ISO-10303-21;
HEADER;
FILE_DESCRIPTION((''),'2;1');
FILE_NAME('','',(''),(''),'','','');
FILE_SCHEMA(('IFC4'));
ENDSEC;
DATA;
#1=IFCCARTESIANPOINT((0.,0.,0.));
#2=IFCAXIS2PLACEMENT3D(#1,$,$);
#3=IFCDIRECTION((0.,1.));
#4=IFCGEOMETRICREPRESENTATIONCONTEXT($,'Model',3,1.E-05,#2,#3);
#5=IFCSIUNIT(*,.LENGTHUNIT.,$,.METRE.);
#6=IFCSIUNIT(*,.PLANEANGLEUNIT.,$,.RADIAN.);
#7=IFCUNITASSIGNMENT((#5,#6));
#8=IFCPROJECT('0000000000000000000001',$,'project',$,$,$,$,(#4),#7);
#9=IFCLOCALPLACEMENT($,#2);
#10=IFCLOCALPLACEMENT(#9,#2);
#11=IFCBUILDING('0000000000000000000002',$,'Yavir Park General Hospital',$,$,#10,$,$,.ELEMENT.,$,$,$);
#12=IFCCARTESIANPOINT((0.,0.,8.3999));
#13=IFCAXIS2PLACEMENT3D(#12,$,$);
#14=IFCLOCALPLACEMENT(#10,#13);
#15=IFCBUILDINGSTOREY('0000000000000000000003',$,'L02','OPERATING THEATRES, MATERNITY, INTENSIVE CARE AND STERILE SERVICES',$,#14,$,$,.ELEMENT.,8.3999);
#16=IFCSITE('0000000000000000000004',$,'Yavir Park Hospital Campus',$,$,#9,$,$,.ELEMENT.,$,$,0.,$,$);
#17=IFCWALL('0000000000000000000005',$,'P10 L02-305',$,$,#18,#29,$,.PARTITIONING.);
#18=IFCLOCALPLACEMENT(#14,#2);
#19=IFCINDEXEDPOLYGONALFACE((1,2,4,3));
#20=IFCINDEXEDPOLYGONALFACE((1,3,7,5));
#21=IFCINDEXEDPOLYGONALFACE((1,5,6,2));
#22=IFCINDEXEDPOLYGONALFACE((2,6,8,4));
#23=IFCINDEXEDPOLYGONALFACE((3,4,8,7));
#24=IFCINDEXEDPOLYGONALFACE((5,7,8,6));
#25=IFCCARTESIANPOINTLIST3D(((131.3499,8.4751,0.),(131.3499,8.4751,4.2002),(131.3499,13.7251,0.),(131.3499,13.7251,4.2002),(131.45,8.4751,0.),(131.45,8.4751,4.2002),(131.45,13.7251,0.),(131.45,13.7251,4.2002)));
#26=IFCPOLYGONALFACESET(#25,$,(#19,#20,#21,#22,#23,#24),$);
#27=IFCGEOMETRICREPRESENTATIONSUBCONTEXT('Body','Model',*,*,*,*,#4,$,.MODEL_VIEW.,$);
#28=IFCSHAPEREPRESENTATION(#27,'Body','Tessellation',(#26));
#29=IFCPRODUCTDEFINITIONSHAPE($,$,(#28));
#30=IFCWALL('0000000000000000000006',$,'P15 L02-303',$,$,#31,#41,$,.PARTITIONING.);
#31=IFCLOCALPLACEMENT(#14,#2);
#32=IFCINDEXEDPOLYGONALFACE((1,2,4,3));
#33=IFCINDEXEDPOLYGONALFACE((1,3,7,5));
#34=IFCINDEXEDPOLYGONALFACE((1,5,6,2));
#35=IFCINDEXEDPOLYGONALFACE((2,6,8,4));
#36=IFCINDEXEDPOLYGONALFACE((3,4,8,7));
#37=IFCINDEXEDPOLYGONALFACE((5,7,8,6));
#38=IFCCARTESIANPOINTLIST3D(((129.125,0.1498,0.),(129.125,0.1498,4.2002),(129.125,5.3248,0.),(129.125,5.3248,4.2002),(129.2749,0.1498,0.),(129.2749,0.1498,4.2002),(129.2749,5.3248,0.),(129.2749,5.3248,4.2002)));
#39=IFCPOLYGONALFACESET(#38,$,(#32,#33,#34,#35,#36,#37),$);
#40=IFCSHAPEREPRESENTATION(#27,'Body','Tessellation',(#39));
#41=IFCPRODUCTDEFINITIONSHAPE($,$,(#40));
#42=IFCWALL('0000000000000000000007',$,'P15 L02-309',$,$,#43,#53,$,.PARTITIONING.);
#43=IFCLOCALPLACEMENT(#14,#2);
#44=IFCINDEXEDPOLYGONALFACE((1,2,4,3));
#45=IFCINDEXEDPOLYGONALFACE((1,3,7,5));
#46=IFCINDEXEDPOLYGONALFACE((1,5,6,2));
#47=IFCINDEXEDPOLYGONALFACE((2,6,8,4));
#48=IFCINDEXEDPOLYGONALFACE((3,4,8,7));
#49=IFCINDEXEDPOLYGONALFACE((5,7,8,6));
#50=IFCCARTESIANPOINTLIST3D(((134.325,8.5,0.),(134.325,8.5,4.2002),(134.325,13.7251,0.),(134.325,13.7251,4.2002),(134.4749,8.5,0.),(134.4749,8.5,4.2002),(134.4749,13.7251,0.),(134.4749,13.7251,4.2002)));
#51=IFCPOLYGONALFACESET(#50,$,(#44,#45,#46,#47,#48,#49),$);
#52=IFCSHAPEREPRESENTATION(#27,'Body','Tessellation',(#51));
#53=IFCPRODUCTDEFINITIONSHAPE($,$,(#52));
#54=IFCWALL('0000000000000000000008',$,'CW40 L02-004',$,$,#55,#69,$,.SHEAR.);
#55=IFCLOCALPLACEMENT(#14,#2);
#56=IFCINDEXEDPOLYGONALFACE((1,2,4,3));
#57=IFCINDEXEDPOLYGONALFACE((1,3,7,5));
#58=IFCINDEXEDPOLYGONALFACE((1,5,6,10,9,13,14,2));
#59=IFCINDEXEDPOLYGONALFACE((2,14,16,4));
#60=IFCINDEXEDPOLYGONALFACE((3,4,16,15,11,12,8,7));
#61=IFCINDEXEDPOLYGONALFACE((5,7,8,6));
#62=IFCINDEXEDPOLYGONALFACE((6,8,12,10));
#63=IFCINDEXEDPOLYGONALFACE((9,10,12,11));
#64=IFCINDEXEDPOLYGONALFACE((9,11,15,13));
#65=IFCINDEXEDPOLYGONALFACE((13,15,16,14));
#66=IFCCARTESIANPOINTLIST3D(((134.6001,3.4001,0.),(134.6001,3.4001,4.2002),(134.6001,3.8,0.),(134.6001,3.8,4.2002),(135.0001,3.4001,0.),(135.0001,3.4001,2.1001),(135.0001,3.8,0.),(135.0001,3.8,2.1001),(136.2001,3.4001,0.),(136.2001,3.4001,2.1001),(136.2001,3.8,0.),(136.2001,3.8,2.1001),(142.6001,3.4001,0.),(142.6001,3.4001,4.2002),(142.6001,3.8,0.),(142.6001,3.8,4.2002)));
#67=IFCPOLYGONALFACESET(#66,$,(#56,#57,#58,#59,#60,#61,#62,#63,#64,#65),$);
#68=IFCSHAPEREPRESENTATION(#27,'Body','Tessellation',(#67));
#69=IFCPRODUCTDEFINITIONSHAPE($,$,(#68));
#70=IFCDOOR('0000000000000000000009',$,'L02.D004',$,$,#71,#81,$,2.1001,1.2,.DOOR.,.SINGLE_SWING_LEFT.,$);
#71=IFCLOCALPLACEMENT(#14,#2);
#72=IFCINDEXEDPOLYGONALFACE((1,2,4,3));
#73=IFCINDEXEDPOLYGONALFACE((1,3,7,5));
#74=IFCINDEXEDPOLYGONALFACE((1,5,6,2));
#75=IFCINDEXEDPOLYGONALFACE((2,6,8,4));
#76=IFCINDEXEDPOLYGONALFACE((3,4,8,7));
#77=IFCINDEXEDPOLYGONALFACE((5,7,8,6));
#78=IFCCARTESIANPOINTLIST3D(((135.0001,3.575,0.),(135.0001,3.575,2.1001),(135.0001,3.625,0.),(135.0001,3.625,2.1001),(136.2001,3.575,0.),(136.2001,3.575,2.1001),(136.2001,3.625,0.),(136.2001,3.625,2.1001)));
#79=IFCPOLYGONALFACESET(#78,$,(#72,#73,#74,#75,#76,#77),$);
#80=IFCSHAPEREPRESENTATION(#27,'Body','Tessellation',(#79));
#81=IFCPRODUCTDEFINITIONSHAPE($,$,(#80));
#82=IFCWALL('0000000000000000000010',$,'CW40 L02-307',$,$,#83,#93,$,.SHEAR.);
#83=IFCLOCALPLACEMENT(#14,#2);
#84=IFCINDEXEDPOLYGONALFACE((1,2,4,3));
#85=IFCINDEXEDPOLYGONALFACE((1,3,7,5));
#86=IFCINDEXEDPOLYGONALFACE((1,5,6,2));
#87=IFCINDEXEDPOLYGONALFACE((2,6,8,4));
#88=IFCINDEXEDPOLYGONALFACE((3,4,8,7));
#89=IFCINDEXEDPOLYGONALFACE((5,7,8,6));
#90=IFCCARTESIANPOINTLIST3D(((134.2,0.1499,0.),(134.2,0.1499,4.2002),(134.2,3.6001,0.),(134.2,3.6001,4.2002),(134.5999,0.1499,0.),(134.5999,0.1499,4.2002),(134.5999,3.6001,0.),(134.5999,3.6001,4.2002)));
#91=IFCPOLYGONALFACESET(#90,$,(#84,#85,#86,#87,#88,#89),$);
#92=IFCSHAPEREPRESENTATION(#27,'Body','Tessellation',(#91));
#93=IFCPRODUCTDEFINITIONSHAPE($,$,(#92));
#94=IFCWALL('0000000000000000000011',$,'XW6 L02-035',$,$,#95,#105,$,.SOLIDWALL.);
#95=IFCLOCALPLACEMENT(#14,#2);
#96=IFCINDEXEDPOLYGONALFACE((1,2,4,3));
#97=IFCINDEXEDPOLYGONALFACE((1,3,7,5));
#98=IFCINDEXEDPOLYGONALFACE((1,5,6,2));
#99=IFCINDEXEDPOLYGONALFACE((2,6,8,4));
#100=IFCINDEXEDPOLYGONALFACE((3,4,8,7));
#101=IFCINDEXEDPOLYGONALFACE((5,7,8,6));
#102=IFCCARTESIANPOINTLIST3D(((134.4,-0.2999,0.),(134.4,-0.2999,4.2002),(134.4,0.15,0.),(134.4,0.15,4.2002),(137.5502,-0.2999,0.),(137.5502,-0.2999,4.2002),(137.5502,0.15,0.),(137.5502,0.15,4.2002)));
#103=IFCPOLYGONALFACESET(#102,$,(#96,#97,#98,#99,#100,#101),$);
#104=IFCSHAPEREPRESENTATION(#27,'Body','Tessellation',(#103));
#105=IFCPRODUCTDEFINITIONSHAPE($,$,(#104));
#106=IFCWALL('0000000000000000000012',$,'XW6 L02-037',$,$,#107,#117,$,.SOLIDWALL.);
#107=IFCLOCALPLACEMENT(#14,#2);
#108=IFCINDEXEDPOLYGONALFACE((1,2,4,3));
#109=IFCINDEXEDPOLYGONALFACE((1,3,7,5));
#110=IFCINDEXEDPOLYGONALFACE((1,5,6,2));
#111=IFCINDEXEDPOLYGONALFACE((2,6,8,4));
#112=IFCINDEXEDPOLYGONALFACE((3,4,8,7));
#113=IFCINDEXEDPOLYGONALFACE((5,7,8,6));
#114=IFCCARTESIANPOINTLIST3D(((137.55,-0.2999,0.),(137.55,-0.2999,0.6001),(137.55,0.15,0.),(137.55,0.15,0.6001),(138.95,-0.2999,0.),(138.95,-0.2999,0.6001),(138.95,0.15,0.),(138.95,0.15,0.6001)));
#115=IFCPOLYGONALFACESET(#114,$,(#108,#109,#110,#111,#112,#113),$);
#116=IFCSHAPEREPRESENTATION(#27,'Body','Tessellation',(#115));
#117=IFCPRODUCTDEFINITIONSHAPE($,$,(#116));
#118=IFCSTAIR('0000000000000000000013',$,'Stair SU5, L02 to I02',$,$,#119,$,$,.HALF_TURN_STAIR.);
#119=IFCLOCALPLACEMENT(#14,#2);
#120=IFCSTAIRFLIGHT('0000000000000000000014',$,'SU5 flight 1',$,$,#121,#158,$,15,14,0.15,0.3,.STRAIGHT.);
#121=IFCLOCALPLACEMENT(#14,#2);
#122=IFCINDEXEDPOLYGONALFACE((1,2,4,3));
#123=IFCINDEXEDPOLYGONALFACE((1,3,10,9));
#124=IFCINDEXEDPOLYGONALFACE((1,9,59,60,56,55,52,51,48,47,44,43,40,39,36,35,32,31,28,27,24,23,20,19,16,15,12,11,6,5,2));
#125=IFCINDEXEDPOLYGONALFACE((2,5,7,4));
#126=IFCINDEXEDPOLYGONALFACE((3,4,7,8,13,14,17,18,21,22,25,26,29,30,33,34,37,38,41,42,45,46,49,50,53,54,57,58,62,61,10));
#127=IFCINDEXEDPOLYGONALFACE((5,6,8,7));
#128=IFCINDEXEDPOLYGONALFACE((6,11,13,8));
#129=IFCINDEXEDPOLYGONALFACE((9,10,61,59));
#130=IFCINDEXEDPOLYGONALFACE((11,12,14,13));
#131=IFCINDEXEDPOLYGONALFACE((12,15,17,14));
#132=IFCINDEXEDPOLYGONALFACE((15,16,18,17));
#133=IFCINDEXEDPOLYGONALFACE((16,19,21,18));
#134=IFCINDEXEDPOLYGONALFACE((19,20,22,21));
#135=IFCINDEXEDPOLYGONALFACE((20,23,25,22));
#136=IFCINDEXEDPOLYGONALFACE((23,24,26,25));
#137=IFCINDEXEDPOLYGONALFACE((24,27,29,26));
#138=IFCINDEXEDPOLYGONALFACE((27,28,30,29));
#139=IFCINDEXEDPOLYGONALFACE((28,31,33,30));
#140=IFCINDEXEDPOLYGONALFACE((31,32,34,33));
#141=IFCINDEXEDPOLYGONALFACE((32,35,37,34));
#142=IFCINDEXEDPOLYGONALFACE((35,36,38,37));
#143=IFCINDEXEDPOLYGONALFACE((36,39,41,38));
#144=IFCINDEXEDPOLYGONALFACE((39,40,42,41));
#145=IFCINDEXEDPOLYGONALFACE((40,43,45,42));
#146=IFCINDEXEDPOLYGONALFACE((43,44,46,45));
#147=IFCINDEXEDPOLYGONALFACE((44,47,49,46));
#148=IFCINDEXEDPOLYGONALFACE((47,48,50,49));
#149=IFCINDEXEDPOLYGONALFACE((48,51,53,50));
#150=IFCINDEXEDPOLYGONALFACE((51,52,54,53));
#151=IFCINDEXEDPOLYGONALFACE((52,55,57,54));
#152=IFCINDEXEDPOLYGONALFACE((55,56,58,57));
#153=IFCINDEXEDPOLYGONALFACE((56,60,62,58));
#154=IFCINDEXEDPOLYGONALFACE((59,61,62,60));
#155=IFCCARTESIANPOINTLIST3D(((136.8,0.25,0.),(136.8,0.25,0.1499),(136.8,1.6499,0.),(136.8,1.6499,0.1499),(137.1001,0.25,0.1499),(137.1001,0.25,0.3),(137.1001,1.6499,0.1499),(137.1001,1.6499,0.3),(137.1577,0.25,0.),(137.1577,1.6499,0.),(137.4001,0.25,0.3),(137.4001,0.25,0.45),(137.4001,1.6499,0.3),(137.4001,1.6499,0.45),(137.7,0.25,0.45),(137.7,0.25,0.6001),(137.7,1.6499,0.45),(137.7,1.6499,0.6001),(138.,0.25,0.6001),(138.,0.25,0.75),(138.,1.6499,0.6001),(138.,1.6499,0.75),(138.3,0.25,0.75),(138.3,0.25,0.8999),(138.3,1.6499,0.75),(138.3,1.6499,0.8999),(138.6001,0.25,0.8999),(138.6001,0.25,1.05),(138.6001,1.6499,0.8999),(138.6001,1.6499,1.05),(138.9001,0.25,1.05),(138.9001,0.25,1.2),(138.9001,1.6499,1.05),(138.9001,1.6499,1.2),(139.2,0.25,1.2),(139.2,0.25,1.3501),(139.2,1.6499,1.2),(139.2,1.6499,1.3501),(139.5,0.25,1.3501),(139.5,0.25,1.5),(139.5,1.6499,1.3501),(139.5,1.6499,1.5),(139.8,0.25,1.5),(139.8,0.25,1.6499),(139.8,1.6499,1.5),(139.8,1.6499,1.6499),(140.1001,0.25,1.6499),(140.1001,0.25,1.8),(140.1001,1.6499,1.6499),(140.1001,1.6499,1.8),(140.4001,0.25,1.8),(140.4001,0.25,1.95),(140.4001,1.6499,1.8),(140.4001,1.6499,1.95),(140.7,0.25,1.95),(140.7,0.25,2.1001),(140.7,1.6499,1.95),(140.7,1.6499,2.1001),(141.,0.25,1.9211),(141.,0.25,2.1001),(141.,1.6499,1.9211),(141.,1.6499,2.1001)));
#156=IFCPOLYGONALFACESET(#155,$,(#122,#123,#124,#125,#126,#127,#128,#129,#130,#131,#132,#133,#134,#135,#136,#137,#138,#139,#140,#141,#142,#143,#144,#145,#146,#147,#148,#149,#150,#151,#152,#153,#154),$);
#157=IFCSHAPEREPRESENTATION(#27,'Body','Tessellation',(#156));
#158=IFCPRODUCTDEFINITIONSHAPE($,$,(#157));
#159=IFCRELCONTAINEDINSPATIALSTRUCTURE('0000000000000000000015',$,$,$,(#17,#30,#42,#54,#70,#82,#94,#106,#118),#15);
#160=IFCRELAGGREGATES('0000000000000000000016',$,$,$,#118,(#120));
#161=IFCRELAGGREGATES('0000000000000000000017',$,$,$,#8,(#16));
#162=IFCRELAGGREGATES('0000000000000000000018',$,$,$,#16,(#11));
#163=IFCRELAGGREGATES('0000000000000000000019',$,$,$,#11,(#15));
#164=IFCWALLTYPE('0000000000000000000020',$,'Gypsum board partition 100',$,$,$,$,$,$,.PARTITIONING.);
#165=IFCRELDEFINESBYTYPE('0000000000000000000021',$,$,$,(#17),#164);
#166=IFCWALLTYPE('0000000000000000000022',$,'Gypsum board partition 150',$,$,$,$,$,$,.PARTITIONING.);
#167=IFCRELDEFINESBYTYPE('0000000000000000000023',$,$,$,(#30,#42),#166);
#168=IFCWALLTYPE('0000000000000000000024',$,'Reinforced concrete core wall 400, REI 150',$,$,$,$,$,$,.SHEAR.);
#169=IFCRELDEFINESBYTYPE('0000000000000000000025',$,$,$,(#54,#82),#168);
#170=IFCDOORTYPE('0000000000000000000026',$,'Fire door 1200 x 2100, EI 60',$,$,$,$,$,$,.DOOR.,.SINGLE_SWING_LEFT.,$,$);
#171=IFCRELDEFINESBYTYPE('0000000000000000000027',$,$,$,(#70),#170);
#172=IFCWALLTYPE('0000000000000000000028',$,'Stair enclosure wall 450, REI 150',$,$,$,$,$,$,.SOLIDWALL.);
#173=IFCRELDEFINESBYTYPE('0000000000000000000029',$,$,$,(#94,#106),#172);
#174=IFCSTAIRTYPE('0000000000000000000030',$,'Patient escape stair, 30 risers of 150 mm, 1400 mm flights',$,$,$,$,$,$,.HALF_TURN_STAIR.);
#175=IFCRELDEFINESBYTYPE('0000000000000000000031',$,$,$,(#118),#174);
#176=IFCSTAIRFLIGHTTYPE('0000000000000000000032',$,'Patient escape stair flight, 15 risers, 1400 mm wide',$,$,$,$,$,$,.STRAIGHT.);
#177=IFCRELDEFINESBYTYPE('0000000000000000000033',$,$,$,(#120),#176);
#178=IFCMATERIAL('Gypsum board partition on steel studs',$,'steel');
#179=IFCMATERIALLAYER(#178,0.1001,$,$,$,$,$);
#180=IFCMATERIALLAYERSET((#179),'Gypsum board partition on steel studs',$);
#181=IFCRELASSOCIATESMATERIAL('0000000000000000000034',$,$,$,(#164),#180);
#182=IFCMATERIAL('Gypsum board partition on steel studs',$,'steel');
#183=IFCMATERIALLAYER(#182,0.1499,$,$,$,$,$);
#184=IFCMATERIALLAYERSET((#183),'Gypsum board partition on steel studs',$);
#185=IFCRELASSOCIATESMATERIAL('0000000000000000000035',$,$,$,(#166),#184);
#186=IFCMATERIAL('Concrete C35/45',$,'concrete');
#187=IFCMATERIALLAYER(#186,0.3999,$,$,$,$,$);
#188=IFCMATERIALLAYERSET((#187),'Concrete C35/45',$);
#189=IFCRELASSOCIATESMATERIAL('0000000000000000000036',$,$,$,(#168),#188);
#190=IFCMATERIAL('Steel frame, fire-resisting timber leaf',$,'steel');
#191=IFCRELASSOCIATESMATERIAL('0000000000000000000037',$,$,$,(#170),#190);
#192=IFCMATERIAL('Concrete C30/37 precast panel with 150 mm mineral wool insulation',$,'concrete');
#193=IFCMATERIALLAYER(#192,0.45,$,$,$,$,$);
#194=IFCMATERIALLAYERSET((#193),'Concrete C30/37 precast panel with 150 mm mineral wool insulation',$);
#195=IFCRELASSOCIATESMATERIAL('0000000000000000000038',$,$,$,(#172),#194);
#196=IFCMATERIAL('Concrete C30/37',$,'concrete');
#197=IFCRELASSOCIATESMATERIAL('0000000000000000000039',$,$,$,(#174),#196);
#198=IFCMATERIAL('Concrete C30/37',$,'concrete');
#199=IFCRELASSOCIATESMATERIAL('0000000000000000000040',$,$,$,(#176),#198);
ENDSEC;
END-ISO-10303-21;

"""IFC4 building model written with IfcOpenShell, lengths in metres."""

from ifc_helpers import new_model, si_unit, direction, frame, frame_2d, origin, place, context, subcontext, project, spatial, polyline, rectangle, outline, extrude, material, layer, layer_set, type_object, element, fill, aggregate, save


model = new_model("IFC4")

# Units and contexts
model_context = context("Model", 3, precision=1e-05, world=origin(), true_north=direction((0.0, 1.0)))
body_context = subcontext(model_context, "Body", "Model", "MODEL_VIEW")
ifc_project = project(units=[si_unit("LENGTHUNIT", "METRE"), si_unit("PLANEANGLEUNIT", "RADIAN")], contexts=[model_context])

# Site, building, storey
site_placement = place(None, origin())
site = spatial("IfcSite", under=ifc_project, at=site_placement, Name="Yavir Park Hospital Campus", CompositionType="ELEMENT", RefElevation=0.0)
building_placement = place(site_placement, origin())
building = spatial("IfcBuilding", under=site, at=building_placement, Name="Yavir Park General Hospital", CompositionType="ELEMENT")
storey_placement = place(building_placement, frame((0.0, 0.0, 8.3999)))
storey = spatial("IfcBuildingStorey", under=building, at=storey_placement, Name="L02", Description="OPERATING THEATRES, MATERNITY, INTENSIVE CARE AND STERILE SERVICES", CompositionType="ELEMENT", Elevation=8.3999)

# Walls
ifc_material_1 = material(Name="Gypsum board partition on steel studs", Category="steel")
ifc_layer_1 = layer(ifc_material_1, 0.1001)
ifc_layer_set_1 = layer_set([ifc_layer_1], Name="Gypsum board partition on steel studs")
wall_type_1 = type_object("IfcWallType", Name="Gypsum board partition 100", PredefinedType="PARTITIONING", material=ifc_layer_set_1)
wall_1_placement = place(storey_placement, frame((131.3999, 8.4751, 0.0), z_axis=(0.0, 0.0, 1.0), x_axis=(0.0, 1.0, 0.0)))
element("IfcWall", 1, at=wall_1_placement, inside=storey, type_object=wall_type_1, Name="P10 L02-305", PredefinedType="PARTITIONING", context=body_context, shape_type="SweptSolid", body=[
    extrude(rectangle(XDim=5.25, YDim=0.1001, at=frame_2d((2.625, 0.0))), origin(), (0.0, 0.0, 1.0), 4.2002),
])
ifc_material_2 = material(Name="Gypsum board partition on steel studs", Category="steel")
ifc_layer_2 = layer(ifc_material_2, 0.1499)
ifc_layer_set_2 = layer_set([ifc_layer_2], Name="Gypsum board partition on steel studs")
wall_type_2 = type_object("IfcWallType", Name="Gypsum board partition 150", PredefinedType="PARTITIONING", material=ifc_layer_set_2)
wall_2_placement = place(storey_placement, frame((129.2, 0.1499, 0.0), z_axis=(0.0, 0.0, 1.0), x_axis=(0.0, 1.0, 0.0)))
element("IfcWall", 2, at=wall_2_placement, inside=storey, type_object=wall_type_2, Name="P15 L02-303", PredefinedType="PARTITIONING", context=body_context, shape_type="SweptSolid", body=[
    extrude(rectangle(XDim=5.175, YDim=0.1499, at=frame_2d((2.5874, 0.0))), origin(), (0.0, 0.0, 1.0), 4.2002),
])
wall_3_placement = place(storey_placement, frame((134.3999, 8.5, 0.0), z_axis=(0.0, 0.0, 1.0), x_axis=(0.0, 1.0, 0.0)))
element("IfcWall", 3, at=wall_3_placement, inside=storey, type_object=wall_type_2, Name="P15 L02-309", PredefinedType="PARTITIONING", context=body_context, shape_type="SweptSolid", body=[
    extrude(rectangle(XDim=5.2251, YDim=0.1499, at=frame_2d((2.6125, 0.0))), origin(), (0.0, 0.0, 1.0), 4.2002),
])

# Wall, opening, door
ifc_material_3 = material(Name="Concrete C35/45", Category="concrete")
ifc_layer_3 = layer(ifc_material_3, 0.3999)
ifc_layer_set_3 = layer_set([ifc_layer_3], Name="Concrete C35/45")
wall_type_3 = type_object("IfcWallType", Name="Reinforced concrete core wall 400, REI 150", PredefinedType="SHEAR", material=ifc_layer_set_3)
wall_4_placement = place(storey_placement, frame((134.6001, 3.6001, 0.0), z_axis=(0.0, 0.0, 1.0), x_axis=(1.0, 0.0, 0.0)))
wall_4 = element("IfcWall", 4, at=wall_4_placement, inside=storey, type_object=wall_type_3, Name="CW40 L02-004", PredefinedType="SHEAR", context=body_context, shape_type="SweptSolid", body=[
    extrude(rectangle(XDim=8.0, YDim=0.3999, at=frame_2d((4.0, 0.0))), origin(), (0.0, 0.0, 1.0), 4.2002),
])
opening_1_placement = place(wall_4_placement, frame((0.3999, 0.0, 0.0)))
opening_1 = element("IfcOpeningElement", 5, at=opening_1_placement, cuts=wall_4, PredefinedType="OPENING", context=body_context, shape_type="SweptSolid", body=[
    extrude(rectangle(XDim=1.2, YDim=2.1001, at=frame_2d((0.6001, 1.05))), frame((0.0, 0.21, 0.0), z_axis=(0.0, -1.0, 0.0), x_axis=(1.0, 0.0, 0.0)), (0.0, 0.0, 1.0), 0.4199),
])
ifc_material_4 = material(Name="Steel frame, fire-resisting timber leaf", Category="steel")
door_type_1 = type_object("IfcDoorType", Name="Fire door 1200 x 2100, EI 60", OperationType="SINGLE_SWING_LEFT", PredefinedType="DOOR", material=ifc_material_4)
door_1_placement = place(opening_1_placement, origin())
door_1 = element("IfcDoor", 6, at=door_1_placement, inside=storey, type_object=door_type_1, Name="L02.D004", OperationType="SINGLE_SWING_LEFT", OverallHeight=2.1001, OverallWidth=1.2, PredefinedType="DOOR", context=body_context, shape_type="SweptSolid", body=[
    extrude(rectangle(XDim=1.2, YDim=2.1001, at=frame_2d((0.6001, 1.05))), frame((0.0, 0.0249, 0.0), z_axis=(0.0, -1.0, 0.0), x_axis=(1.0, 0.0, 0.0)), (0.0, 0.0, 1.0), 0.05),
])
fill(opening_1, door_1)

# Walls
wall_5_placement = place(storey_placement, frame((134.3999, 0.1499, 0.0), z_axis=(0.0, 0.0, 1.0), x_axis=(0.0, 1.0, 0.0)))
element("IfcWall", 7, at=wall_5_placement, inside=storey, type_object=wall_type_3, Name="CW40 L02-307", PredefinedType="SHEAR", context=body_context, shape_type="SweptSolid", body=[
    extrude(rectangle(XDim=3.4502, YDim=0.3999, at=frame_2d((1.7251, 0.0))), origin(), (0.0, 0.0, 1.0), 4.2002),
])
ifc_material_5 = material(Name="Concrete C30/37 precast panel with 150 mm mineral wool insulation", Category="concrete")
ifc_layer_4 = layer(ifc_material_5, 0.45)
ifc_layer_set_4 = layer_set([ifc_layer_4], Name="Concrete C30/37 precast panel with 150 mm mineral wool insulation")
wall_type_4 = type_object("IfcWallType", Name="Stair enclosure wall 450, REI 150", PredefinedType="SOLIDWALL", material=ifc_layer_set_4)
wall_6_placement = place(storey_placement, frame((134.3999, -0.075, 0.0), z_axis=(0.0, 0.0, 1.0), x_axis=(1.0, 0.0, 0.0)))
element("IfcWall", 8, at=wall_6_placement, inside=storey, type_object=wall_type_4, Name="XW6 L02-035", PredefinedType="SOLIDWALL", context=body_context, shape_type="SweptSolid", body=[
    extrude(rectangle(XDim=3.1501, YDim=0.45, at=frame_2d((1.5752, 0.0))), origin(), (0.0, 0.0, 1.0), 4.2002),
])
wall_7_placement = place(storey_placement, frame((137.55, -0.075, 0.0), z_axis=(0.0, 0.0, 1.0), x_axis=(1.0, 0.0, 0.0)))
element("IfcWall", 9, at=wall_7_placement, inside=storey, type_object=wall_type_4, Name="XW6 L02-037", PredefinedType="SOLIDWALL", context=body_context, shape_type="SweptSolid", body=[
    extrude(rectangle(XDim=1.3999, YDim=0.45, at=frame_2d((0.7, 0.0))), origin(), (0.0, 0.0, 1.0), 0.6001),
])

# Stair, stair flight
ifc_material_6 = material(Name="Concrete C30/37", Category="concrete")
stair_type = type_object("IfcStairType", Name="Patient escape stair, 30 risers of 150 mm, 1400 mm flights", PredefinedType="HALF_TURN_STAIR", material=ifc_material_6)
stair_placement = place(storey_placement, origin())
stair = element("IfcStair", 10, at=stair_placement, inside=storey, type_object=stair_type, Name="Stair SU5, L02 to I02", PredefinedType="HALF_TURN_STAIR")
ifc_material_7 = material(Name="Concrete C30/37", Category="concrete")
stair_flight_type = type_object("IfcStairFlightType", Name="Patient escape stair flight, 15 risers, 1400 mm wide", PredefinedType="STRAIGHT", material=ifc_material_7)
stair_flight_placement = place(storey_placement, frame((136.8, 0.95, 0.0), z_axis=(0.0, 0.0, 1.0), x_axis=(1.0, 0.0, 0.0)))
stair_flight = element("IfcStairFlight", 11, at=stair_flight_placement, type_object=stair_flight_type, Name="SU5 flight 1", NumberOfRisers=15, NumberOfTreads=14, PredefinedType="STRAIGHT", RiserHeight=0.15, TreadLength=0.3, context=body_context, shape_type="SweptSolid", body=[
    extrude(outline(polyline([(0.0, 0.0), (0.0, 0.1499), (0.3, 0.1499), (0.3, 0.3), (0.6001, 0.3), (0.6001, 0.45), (0.8999, 0.45), (0.8999, 0.6001), (1.2, 0.6001), (1.2, 0.75), (1.5, 0.75), (1.5, 0.8999), (1.8, 0.8999), (1.8, 1.05), (2.1001, 1.05), (2.1001, 1.2), (2.3999, 1.2), (2.3999, 1.3501), (2.7, 1.3501), (2.7, 1.5), (3.0, 1.5), (3.0, 1.6499), (3.3, 1.6499), (3.3, 1.8), (3.6001, 1.8), (3.6001, 1.95), (3.8999, 1.95), (3.8999, 2.1001), (4.2, 2.1001), (4.2, 2.25), (4.2, 1.9211), (0.3577, 0.0), (0.0, 0.0)])), frame((0.0, 0.7, 0.0), z_axis=(0.0, -1.0, 0.0), x_axis=(1.0, 0.0, 0.0)), (0.0, 0.0, 1.0), 1.3999),
])
aggregate(stair, [stair_flight])

save(model, "model.ifc")
